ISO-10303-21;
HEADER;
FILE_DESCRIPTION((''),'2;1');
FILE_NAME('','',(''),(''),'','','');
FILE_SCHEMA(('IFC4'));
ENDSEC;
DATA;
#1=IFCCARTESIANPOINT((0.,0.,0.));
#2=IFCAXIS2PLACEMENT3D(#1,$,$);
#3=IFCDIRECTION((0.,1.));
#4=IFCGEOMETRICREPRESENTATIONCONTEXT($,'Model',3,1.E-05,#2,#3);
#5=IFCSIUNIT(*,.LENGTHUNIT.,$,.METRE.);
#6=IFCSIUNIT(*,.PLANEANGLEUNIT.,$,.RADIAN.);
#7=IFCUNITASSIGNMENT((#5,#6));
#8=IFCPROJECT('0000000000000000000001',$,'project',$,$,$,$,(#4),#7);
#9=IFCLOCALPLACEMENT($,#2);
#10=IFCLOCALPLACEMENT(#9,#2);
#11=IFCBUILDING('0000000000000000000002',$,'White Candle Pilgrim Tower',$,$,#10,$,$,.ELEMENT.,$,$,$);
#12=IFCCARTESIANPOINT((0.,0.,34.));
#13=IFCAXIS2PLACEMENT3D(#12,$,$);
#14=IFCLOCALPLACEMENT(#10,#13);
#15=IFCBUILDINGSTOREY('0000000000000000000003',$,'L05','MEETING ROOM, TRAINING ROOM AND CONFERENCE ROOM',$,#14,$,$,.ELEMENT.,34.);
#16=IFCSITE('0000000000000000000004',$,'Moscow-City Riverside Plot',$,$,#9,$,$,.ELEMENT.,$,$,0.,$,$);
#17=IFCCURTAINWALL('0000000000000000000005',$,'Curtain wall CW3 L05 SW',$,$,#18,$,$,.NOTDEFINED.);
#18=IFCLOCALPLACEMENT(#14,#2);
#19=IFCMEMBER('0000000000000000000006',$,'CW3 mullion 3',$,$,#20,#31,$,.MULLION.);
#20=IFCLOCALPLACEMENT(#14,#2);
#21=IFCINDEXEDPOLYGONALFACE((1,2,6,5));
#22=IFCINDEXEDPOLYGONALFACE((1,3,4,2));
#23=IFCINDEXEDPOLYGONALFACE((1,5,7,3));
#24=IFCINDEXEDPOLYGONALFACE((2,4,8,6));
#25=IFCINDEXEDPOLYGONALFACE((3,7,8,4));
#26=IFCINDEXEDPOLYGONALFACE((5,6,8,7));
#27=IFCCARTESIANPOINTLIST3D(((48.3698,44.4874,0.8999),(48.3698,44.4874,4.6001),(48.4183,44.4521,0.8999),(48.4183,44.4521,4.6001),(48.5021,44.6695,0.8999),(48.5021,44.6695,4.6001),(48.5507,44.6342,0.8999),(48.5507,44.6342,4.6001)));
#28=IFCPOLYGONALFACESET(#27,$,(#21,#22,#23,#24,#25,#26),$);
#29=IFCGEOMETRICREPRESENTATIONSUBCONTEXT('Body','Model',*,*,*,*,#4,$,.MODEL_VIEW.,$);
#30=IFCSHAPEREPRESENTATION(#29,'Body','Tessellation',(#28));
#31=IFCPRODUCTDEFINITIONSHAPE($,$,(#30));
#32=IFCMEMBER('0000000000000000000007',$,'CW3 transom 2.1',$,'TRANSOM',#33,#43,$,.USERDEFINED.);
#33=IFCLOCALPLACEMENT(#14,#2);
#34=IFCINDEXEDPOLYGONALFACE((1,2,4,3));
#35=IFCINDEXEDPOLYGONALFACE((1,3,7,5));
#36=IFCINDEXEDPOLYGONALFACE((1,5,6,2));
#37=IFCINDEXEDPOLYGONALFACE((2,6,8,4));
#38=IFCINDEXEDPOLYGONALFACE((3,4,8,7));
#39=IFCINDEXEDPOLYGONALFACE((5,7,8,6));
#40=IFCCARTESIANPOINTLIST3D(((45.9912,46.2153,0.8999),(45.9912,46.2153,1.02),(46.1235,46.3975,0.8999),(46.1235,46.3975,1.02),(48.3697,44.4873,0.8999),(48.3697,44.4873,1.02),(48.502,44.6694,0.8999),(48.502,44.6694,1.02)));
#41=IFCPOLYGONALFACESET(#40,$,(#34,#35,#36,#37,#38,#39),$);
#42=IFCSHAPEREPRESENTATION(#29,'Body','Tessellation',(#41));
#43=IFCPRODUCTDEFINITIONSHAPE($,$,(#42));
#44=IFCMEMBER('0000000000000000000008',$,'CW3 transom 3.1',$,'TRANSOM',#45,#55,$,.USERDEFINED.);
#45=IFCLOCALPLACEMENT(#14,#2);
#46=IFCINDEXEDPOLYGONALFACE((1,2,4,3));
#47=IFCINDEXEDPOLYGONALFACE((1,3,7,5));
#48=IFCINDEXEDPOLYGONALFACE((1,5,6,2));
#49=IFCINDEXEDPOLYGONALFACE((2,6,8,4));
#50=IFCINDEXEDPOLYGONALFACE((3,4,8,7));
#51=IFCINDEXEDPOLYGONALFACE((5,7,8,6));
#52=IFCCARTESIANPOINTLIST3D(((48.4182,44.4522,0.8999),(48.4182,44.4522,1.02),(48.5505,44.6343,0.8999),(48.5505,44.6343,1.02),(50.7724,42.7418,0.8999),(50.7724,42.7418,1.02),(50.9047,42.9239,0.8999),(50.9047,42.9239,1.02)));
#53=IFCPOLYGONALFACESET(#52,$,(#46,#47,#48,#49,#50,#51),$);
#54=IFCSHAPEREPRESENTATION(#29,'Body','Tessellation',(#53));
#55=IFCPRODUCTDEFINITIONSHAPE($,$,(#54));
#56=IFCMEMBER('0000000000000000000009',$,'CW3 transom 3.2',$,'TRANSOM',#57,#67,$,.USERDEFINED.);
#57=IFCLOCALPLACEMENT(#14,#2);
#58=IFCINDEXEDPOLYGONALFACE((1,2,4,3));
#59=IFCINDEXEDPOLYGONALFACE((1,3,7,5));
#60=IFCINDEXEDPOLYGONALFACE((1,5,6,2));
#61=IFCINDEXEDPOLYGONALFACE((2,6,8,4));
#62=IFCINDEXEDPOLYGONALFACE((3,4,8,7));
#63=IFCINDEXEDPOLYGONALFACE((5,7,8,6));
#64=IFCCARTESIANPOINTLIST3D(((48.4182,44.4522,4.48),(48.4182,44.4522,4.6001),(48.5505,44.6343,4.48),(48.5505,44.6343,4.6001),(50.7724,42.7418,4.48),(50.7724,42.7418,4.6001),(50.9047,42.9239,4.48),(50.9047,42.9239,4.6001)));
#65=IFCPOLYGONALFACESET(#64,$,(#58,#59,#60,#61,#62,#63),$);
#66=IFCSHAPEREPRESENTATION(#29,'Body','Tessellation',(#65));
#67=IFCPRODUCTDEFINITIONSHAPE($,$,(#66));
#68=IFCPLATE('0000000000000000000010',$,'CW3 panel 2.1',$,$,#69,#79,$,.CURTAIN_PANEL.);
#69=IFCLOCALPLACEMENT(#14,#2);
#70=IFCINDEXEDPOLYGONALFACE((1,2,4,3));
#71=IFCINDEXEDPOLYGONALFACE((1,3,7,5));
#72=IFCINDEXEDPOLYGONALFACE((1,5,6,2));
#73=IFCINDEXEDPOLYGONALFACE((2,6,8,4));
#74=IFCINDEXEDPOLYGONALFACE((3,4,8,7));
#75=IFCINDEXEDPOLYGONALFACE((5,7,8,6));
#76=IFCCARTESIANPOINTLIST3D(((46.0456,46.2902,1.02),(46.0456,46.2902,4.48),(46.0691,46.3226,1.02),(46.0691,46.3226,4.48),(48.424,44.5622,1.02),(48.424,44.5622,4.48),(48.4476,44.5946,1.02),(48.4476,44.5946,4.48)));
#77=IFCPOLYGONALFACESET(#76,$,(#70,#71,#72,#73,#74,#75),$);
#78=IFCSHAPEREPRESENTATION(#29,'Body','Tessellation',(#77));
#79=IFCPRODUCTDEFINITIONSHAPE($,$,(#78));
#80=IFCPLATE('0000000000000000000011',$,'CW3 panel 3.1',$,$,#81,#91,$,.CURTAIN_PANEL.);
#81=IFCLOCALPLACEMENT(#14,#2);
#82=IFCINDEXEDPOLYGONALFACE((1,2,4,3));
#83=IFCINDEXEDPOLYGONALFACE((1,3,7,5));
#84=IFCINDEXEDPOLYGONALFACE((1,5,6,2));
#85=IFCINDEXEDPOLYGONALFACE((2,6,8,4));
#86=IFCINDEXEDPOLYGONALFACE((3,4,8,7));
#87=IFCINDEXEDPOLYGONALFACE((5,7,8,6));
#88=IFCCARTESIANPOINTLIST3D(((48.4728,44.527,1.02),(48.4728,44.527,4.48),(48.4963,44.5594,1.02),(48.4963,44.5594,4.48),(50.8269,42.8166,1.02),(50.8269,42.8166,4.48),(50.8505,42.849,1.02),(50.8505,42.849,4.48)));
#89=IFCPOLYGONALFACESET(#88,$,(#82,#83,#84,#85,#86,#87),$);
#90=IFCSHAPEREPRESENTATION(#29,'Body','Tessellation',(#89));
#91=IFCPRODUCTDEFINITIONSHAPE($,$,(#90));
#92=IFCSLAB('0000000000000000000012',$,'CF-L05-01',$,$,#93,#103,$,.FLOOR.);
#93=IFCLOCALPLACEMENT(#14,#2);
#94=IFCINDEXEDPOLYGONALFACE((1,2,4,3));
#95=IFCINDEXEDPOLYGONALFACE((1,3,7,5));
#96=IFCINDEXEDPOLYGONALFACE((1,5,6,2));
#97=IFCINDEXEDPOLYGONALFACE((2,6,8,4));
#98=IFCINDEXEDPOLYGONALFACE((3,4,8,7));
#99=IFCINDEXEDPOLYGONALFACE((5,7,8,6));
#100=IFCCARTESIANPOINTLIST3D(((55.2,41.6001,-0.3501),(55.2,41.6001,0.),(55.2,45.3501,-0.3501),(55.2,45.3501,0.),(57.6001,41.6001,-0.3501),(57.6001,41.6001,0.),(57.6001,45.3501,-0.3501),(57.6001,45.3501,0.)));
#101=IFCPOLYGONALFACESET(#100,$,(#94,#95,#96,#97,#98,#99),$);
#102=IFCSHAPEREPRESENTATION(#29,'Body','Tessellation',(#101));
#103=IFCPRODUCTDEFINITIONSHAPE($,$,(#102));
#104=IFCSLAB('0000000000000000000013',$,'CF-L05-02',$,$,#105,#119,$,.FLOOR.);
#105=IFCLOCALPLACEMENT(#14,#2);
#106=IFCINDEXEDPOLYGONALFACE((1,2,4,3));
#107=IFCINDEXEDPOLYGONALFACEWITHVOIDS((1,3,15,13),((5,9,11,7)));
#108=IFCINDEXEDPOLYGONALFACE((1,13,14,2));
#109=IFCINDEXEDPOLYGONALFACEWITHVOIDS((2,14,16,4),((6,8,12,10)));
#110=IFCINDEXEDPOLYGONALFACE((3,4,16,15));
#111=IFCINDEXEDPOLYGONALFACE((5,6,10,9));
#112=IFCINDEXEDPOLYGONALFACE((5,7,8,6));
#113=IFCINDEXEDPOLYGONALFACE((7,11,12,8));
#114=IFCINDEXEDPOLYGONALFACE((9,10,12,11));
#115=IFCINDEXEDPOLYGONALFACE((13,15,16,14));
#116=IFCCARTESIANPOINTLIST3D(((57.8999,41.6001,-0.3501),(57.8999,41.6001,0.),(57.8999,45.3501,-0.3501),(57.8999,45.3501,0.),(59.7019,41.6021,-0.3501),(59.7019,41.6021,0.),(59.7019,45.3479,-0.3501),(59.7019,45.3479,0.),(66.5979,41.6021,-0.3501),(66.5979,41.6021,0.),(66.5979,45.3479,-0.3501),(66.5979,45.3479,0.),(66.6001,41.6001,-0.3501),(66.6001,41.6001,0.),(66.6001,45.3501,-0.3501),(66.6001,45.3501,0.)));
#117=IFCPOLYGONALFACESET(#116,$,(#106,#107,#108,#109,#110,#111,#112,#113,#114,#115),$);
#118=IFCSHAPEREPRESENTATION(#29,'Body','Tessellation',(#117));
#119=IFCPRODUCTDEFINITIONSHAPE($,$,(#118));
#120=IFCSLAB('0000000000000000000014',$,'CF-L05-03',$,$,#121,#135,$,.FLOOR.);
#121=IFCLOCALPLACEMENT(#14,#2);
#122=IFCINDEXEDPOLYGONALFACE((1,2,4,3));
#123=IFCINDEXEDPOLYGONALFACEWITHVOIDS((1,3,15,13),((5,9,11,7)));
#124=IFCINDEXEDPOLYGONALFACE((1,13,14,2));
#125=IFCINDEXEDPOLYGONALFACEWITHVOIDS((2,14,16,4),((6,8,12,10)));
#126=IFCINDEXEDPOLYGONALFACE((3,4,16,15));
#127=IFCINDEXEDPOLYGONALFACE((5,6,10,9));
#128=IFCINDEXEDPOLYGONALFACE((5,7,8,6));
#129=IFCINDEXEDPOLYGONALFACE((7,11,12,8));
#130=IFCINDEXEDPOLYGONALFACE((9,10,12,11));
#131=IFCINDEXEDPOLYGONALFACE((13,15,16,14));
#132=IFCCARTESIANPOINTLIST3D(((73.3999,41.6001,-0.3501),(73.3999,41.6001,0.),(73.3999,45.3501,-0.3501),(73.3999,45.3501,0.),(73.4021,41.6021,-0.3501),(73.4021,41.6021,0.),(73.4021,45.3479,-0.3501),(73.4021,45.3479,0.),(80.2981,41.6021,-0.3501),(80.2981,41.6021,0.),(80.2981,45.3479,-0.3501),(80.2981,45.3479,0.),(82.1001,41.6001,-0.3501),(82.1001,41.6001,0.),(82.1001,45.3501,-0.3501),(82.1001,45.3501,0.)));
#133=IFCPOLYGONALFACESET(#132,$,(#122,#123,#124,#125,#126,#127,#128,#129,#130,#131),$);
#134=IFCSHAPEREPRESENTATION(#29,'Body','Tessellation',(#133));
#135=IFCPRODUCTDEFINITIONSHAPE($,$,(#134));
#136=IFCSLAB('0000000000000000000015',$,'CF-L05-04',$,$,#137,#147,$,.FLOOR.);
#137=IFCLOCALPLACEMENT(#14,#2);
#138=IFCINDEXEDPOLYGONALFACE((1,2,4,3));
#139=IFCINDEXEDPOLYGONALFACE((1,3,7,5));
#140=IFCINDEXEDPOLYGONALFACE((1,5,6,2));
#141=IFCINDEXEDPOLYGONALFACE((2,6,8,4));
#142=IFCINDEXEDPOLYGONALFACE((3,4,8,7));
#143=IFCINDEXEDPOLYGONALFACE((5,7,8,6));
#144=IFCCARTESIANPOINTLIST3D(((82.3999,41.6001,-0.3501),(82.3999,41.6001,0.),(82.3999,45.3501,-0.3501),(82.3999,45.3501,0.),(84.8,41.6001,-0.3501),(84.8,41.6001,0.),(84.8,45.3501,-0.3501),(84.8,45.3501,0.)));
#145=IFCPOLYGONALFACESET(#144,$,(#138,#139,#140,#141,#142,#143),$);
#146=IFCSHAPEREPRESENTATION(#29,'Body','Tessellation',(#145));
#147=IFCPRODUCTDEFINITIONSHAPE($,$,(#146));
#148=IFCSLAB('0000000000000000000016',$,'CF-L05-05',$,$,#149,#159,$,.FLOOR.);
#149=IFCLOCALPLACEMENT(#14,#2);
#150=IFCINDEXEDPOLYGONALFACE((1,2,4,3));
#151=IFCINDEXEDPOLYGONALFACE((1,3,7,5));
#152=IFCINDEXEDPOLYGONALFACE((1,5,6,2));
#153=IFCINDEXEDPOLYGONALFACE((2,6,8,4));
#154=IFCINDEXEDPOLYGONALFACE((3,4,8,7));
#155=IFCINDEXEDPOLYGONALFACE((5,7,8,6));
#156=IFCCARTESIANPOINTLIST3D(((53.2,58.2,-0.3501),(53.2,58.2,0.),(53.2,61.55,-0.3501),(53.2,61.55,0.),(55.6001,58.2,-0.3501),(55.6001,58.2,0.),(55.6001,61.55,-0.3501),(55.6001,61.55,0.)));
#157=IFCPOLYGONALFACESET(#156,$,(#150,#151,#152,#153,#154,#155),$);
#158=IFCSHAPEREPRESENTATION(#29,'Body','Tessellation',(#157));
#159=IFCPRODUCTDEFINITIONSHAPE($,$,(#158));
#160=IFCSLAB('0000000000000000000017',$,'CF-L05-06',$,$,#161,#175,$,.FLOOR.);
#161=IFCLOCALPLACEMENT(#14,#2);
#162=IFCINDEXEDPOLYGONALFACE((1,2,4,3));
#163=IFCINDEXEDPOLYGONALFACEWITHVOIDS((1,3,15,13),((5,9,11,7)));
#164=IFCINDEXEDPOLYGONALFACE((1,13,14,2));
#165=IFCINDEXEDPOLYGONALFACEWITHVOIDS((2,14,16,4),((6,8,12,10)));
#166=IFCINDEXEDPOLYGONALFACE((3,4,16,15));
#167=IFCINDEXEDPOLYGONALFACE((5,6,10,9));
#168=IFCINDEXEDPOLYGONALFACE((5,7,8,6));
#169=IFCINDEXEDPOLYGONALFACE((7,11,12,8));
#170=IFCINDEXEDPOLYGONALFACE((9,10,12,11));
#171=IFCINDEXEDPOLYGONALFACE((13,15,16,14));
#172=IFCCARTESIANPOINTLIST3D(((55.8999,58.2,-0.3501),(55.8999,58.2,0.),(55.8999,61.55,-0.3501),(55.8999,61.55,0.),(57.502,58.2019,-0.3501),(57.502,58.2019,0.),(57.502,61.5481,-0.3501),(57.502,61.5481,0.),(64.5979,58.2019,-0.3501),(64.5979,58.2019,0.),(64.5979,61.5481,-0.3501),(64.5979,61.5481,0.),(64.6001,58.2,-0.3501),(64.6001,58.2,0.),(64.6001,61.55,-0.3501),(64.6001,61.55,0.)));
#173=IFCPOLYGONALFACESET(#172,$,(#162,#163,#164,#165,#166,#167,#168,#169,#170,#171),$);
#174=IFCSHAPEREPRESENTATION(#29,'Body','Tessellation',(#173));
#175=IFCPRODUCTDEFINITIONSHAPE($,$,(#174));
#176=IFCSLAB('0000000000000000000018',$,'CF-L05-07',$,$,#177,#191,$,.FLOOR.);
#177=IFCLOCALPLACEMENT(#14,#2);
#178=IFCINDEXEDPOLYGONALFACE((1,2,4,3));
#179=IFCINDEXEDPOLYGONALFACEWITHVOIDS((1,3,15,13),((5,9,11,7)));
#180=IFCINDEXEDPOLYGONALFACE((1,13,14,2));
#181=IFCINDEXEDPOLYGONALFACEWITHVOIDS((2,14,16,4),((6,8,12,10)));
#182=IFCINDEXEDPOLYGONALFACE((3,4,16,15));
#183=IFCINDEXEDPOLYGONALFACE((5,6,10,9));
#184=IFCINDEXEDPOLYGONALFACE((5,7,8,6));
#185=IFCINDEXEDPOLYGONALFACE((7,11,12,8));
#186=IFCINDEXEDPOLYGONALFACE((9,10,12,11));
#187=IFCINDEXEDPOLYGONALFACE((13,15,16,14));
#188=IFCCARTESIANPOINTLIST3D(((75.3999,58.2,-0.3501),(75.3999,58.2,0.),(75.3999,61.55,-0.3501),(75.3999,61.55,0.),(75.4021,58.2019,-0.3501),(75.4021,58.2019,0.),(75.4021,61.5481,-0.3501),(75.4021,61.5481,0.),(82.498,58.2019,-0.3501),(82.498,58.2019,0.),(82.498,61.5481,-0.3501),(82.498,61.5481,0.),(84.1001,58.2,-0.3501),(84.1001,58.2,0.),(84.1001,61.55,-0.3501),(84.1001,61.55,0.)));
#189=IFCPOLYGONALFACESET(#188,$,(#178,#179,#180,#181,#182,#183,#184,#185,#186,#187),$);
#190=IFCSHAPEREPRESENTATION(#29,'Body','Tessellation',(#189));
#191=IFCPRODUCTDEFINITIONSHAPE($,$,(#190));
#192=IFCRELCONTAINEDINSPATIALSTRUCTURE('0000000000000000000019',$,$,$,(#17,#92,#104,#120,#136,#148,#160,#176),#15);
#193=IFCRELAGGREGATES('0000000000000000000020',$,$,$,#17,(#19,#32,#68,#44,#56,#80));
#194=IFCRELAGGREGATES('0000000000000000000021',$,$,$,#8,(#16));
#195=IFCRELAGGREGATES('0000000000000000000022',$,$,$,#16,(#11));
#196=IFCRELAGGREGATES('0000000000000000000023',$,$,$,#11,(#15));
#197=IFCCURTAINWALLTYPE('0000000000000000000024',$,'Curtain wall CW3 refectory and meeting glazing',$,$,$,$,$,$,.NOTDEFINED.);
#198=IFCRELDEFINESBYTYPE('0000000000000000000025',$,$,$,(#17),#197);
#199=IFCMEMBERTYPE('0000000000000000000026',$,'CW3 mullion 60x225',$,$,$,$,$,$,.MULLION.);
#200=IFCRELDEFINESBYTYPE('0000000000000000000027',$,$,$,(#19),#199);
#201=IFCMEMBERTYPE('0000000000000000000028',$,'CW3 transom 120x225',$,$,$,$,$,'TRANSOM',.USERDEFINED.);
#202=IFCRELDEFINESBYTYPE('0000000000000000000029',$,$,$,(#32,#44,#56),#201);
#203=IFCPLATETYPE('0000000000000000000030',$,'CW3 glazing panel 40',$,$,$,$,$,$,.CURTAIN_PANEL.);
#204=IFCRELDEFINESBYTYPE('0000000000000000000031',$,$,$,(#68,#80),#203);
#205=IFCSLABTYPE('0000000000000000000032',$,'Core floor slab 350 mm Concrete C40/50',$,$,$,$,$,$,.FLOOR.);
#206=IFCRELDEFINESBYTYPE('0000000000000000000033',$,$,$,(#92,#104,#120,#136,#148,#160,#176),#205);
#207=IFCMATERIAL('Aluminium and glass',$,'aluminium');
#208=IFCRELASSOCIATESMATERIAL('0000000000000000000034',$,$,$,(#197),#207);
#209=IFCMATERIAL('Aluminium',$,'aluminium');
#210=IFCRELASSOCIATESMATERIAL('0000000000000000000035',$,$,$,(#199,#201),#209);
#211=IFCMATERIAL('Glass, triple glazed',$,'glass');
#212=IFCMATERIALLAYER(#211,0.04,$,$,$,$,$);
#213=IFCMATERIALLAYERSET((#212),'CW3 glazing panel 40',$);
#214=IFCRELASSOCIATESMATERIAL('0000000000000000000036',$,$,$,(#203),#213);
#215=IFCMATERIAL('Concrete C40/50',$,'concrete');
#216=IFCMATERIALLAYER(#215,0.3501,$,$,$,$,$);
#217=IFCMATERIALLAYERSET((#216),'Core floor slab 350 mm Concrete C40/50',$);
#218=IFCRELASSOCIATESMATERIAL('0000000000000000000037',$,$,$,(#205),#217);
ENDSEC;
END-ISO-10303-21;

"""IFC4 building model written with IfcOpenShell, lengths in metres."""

from ifc_helpers import new_model, si_unit, direction, frame, origin, origin_2d, place, context, subcontext, project, spatial, polyline, rectangle, outline, extrude, material, layer, layer_set, material_profile, profile_set, type_object, element, aggregate, save


model = new_model("IFC4")

# Units and contexts
model_context = context("Model", 3, precision=1e-05, world=origin(), true_north=direction((0.0, 1.0)))
body_context = subcontext(model_context, "Body", "Model", "MODEL_VIEW")
ifc_project = project(units=[si_unit("LENGTHUNIT", "METRE"), si_unit("PLANEANGLEUNIT", "RADIAN")], contexts=[model_context])

# Site, building, storey
site_placement = place(None, origin())
site = spatial("IfcSite", under=ifc_project, at=site_placement, Name="Moscow-City Riverside Plot", CompositionType="ELEMENT", RefElevation=0.0)
building_placement = place(site_placement, origin())
building = spatial("IfcBuilding", under=site, at=building_placement, Name="White Candle Pilgrim Tower", CompositionType="ELEMENT")
storey_placement = place(building_placement, frame((0.0, 0.0, 34.0)))
storey = spatial("IfcBuildingStorey", under=building, at=storey_placement, Name="L05", Description="MEETING ROOM, TRAINING ROOM AND CONFERENCE ROOM", CompositionType="ELEMENT", Elevation=34.0)

# Curtain wall, members, plates
ifc_material_1 = material(Name="Aluminium and glass", Category="aluminium")
curtain_wall_type = type_object("IfcCurtainWallType", Name="Curtain wall CW3 refectory and meeting glazing", PredefinedType="NOTDEFINED", material=ifc_material_1)
curtain_wall_placement = place(storey_placement, origin())
curtain_wall = element("IfcCurtainWall", 1, at=curtain_wall_placement, inside=storey, type_object=curtain_wall_type, Name="Curtain wall CW3 L05 SW", PredefinedType="NOTDEFINED")
ifc_material_2 = material(Name="Aluminium", Category="aluminium")
ifc_material_profile_1 = material_profile(ifc_material_2, rectangle(XDim=0.2251, YDim=0.0601, at=origin_2d()), Name="CW3 mullion 60x225")
ifc_profile_set_1 = profile_set([ifc_material_profile_1], Name="Aluminium")
member_type_1 = type_object("IfcMemberType", Name="CW3 mullion 60x225", PredefinedType="MULLION", material=ifc_profile_set_1)
member_1_placement = place(storey_placement, frame((48.4602, 44.5608, 0.8999), z_axis=(0.0, 0.0, 1.0), x_axis=(0.587785, 0.809017, 0.0)))
member_1 = element("IfcMember", 2, at=member_1_placement, type_object=member_type_1, Name="CW3 mullion 3", PredefinedType="MULLION", context=body_context, shape_type="SweptSolid", body=[
    extrude(rectangle(XDim=0.2251, YDim=0.0601, at=origin_2d()), origin(), (0.0, 0.0, 1.0), 3.7002),
])
ifc_material_profile_2 = material_profile(ifc_material_2, rectangle(XDim=0.2251, YDim=0.1201, at=origin_2d()), Name="CW3 transom 120x225")
ifc_profile_set_2 = profile_set([ifc_material_profile_2], Name="Aluminium")
member_type_2 = type_object("IfcMemberType", Name="CW3 transom 120x225", ElementType="TRANSOM", PredefinedType="USERDEFINED", material=ifc_profile_set_2)
member_2_placement = place(storey_placement, frame((46.0574, 46.3064, 0.96), z_axis=(0.809016, -0.587786, 0.0), x_axis=(0.587786, 0.809016, 0.0)))
member_2 = element("IfcMember", 3, at=member_2_placement, type_object=member_type_2, Name="CW3 transom 2.1", ObjectType="TRANSOM", PredefinedType="USERDEFINED", context=body_context, shape_type="SweptSolid", body=[
    extrude(rectangle(XDim=0.2251, YDim=0.1201, at=origin_2d()), origin(), (0.0, 0.0, 1.0), 2.9399),
])
member_3_placement = place(storey_placement, frame((48.4844, 44.5432, 0.96), z_axis=(0.809019, -0.587783, 0.0), x_axis=(0.587783, 0.809019, 0.0)))
member_3 = element("IfcMember", 4, at=member_3_placement, type_object=member_type_2, Name="CW3 transom 3.1", ObjectType="TRANSOM", PredefinedType="USERDEFINED", context=body_context, shape_type="SweptSolid", body=[
    extrude(rectangle(XDim=0.2251, YDim=0.1201, at=origin_2d()), origin(), (0.0, 0.0, 1.0), 2.9099),
])
member_4_placement = place(storey_placement, frame((48.4844, 44.5432, 4.54), z_axis=(0.809019, -0.587783, 0.0), x_axis=(0.587783, 0.809019, 0.0)))
member_4 = element("IfcMember", 5, at=member_4_placement, type_object=member_type_2, Name="CW3 transom 3.2", ObjectType="TRANSOM", PredefinedType="USERDEFINED", context=body_context, shape_type="SweptSolid", body=[
    extrude(rectangle(XDim=0.2251, YDim=0.1201, at=origin_2d()), origin(), (0.0, 0.0, 1.0), 2.9099),
])
ifc_material_3 = material(Name="Glass, triple glazed", Category="glass")
ifc_layer_1 = layer(ifc_material_3, 0.04)
ifc_layer_set_1 = layer_set([ifc_layer_1], Name="CW3 glazing panel 40")
plate_type = type_object("IfcPlateType", Name="CW3 glazing panel 40", PredefinedType="CURTAIN_PANEL", material=ifc_layer_set_1)
plate_1_placement = place(storey_placement, frame((47.2466, 45.4424, 1.02), z_axis=(0.0, 0.0, 1.0), x_axis=(0.809017, -0.587785, 0.0)))
plate_1 = element("IfcPlate", 6, at=plate_1_placement, type_object=plate_type, Name="CW3 panel 2.1", PredefinedType="CURTAIN_PANEL", context=body_context, shape_type="SweptSolid", body=[
    extrude(rectangle(XDim=2.9399, YDim=0.04, at=origin_2d()), origin(), (0.0, 0.0, 1.0), 3.46),
])
plate_2_placement = place(storey_placement, frame((49.6616, 43.688, 1.02), z_axis=(0.0, 0.0, 1.0), x_axis=(0.809017, -0.587785, 0.0)))
plate_2 = element("IfcPlate", 7, at=plate_2_placement, type_object=plate_type, Name="CW3 panel 3.1", PredefinedType="CURTAIN_PANEL", context=body_context, shape_type="SweptSolid", body=[
    extrude(rectangle(XDim=2.9099, YDim=0.04, at=origin_2d()), origin(), (0.0, 0.0, 1.0), 3.46),
])
aggregate(curtain_wall, [member_1, member_2, plate_1, member_3, member_4, plate_2])

# Slabs
ifc_material_4 = material(Name="Concrete C40/50", Category="concrete")
ifc_layer_2 = layer(ifc_material_4, 0.3501)
ifc_layer_set_2 = layer_set([ifc_layer_2], Name="Core floor slab 350 mm Concrete C40/50")
slab_type_1 = type_object("IfcSlabType", Name="Core floor slab 350 mm Concrete C40/50", PredefinedType="FLOOR", material=ifc_layer_set_2)
slab_1_placement = place(storey_placement, frame((0.0, 0.0, -0.3501)))
element("IfcSlab", 8, at=slab_1_placement, inside=storey, type_object=slab_type_1, Name="CF-L05-01", PredefinedType="FLOOR", context=body_context, shape_type="SweptSolid", body=[
    extrude(outline(polyline([(55.2, 41.6001), (55.2, 45.3501), (57.6001, 45.3501), (57.6001, 41.6001), (55.2, 41.6001)])), origin(), (0.0, 0.0, 1.0), 0.3501),
])
slab_2_placement = place(storey_placement, frame((0.0, 0.0, -0.3501)))
element("IfcSlab", 9, at=slab_2_placement, inside=storey, type_object=slab_type_1, Name="CF-L05-02", PredefinedType="FLOOR", context=body_context, shape_type="SweptSolid", body=[
    extrude(outline(polyline([(57.8999, 41.6001), (57.8999, 45.3501), (66.6001, 45.3501), (66.6001, 41.6001), (57.8999, 41.6001)]), holes=[polyline([(59.7019, 45.3479), (59.7019, 41.6021), (66.5979, 41.6021), (66.5979, 45.3479), (59.7019, 45.3479)])]), origin(), (0.0, 0.0, 1.0), 0.3501),
])
slab_3_placement = place(storey_placement, frame((0.0, 0.0, -0.3501)))
element("IfcSlab", 10, at=slab_3_placement, inside=storey, type_object=slab_type_1, Name="CF-L05-03", PredefinedType="FLOOR", context=body_context, shape_type="SweptSolid", body=[
    extrude(outline(polyline([(73.3999, 41.6001), (73.3999, 45.3501), (82.1001, 45.3501), (82.1001, 41.6001), (73.3999, 41.6001)]), holes=[polyline([(80.2981, 41.6021), (80.2981, 45.3479), (73.4021, 45.3479), (73.4021, 41.6021), (80.2981, 41.6021)])]), origin(), (0.0, 0.0, 1.0), 0.3501),
])
slab_4_placement = place(storey_placement, frame((0.0, 0.0, -0.3501)))
element("IfcSlab", 11, at=slab_4_placement, inside=storey, type_object=slab_type_1, Name="CF-L05-04", PredefinedType="FLOOR", context=body_context, shape_type="SweptSolid", body=[
    extrude(outline(polyline([(84.8, 41.6001), (82.3999, 41.6001), (82.3999, 45.3501), (84.8, 45.3501), (84.8, 41.6001)])), origin(), (0.0, 0.0, 1.0), 0.3501),
])
slab_5_placement = place(storey_placement, frame((0.0, 0.0, -0.3501)))
element("IfcSlab", 12, at=slab_5_placement, inside=storey, type_object=slab_type_1, Name="CF-L05-05", PredefinedType="FLOOR", context=body_context, shape_type="SweptSolid", body=[
    extrude(outline(polyline([(53.2, 61.55), (55.6001, 61.55), (55.6001, 58.2), (53.2, 58.2), (53.2, 61.55)])), origin(), (0.0, 0.0, 1.0), 0.3501),
])
slab_6_placement = place(storey_placement, frame((0.0, 0.0, -0.3501)))
element("IfcSlab", 13, at=slab_6_placement, inside=storey, type_object=slab_type_1, Name="CF-L05-06", PredefinedType="FLOOR", context=body_context, shape_type="SweptSolid", body=[
    extrude(outline(polyline([(55.8999, 58.2), (55.8999, 61.55), (64.6001, 61.55), (64.6001, 58.2), (55.8999, 58.2)]), holes=[polyline([(57.502, 61.5481), (57.502, 58.2019), (64.5979, 58.2019), (64.5979, 61.5481), (57.502, 61.5481)])]), origin(), (0.0, 0.0, 1.0), 0.3501),
])
slab_7_placement = place(storey_placement, frame((0.0, 0.0, -0.3501)))
element("IfcSlab", 14, at=slab_7_placement, inside=storey, type_object=slab_type_1, Name="CF-L05-07", PredefinedType="FLOOR", context=body_context, shape_type="SweptSolid", body=[
    extrude(outline(polyline([(75.3999, 58.2), (75.3999, 61.55), (84.1001, 61.55), (84.1001, 58.2), (75.3999, 58.2)]), holes=[polyline([(82.498, 58.2019), (82.498, 61.5481), (75.4021, 61.5481), (75.4021, 58.2019), (82.498, 58.2019)])]), origin(), (0.0, 0.0, 1.0), 0.3501),
])

save(model, "model.ifc")
